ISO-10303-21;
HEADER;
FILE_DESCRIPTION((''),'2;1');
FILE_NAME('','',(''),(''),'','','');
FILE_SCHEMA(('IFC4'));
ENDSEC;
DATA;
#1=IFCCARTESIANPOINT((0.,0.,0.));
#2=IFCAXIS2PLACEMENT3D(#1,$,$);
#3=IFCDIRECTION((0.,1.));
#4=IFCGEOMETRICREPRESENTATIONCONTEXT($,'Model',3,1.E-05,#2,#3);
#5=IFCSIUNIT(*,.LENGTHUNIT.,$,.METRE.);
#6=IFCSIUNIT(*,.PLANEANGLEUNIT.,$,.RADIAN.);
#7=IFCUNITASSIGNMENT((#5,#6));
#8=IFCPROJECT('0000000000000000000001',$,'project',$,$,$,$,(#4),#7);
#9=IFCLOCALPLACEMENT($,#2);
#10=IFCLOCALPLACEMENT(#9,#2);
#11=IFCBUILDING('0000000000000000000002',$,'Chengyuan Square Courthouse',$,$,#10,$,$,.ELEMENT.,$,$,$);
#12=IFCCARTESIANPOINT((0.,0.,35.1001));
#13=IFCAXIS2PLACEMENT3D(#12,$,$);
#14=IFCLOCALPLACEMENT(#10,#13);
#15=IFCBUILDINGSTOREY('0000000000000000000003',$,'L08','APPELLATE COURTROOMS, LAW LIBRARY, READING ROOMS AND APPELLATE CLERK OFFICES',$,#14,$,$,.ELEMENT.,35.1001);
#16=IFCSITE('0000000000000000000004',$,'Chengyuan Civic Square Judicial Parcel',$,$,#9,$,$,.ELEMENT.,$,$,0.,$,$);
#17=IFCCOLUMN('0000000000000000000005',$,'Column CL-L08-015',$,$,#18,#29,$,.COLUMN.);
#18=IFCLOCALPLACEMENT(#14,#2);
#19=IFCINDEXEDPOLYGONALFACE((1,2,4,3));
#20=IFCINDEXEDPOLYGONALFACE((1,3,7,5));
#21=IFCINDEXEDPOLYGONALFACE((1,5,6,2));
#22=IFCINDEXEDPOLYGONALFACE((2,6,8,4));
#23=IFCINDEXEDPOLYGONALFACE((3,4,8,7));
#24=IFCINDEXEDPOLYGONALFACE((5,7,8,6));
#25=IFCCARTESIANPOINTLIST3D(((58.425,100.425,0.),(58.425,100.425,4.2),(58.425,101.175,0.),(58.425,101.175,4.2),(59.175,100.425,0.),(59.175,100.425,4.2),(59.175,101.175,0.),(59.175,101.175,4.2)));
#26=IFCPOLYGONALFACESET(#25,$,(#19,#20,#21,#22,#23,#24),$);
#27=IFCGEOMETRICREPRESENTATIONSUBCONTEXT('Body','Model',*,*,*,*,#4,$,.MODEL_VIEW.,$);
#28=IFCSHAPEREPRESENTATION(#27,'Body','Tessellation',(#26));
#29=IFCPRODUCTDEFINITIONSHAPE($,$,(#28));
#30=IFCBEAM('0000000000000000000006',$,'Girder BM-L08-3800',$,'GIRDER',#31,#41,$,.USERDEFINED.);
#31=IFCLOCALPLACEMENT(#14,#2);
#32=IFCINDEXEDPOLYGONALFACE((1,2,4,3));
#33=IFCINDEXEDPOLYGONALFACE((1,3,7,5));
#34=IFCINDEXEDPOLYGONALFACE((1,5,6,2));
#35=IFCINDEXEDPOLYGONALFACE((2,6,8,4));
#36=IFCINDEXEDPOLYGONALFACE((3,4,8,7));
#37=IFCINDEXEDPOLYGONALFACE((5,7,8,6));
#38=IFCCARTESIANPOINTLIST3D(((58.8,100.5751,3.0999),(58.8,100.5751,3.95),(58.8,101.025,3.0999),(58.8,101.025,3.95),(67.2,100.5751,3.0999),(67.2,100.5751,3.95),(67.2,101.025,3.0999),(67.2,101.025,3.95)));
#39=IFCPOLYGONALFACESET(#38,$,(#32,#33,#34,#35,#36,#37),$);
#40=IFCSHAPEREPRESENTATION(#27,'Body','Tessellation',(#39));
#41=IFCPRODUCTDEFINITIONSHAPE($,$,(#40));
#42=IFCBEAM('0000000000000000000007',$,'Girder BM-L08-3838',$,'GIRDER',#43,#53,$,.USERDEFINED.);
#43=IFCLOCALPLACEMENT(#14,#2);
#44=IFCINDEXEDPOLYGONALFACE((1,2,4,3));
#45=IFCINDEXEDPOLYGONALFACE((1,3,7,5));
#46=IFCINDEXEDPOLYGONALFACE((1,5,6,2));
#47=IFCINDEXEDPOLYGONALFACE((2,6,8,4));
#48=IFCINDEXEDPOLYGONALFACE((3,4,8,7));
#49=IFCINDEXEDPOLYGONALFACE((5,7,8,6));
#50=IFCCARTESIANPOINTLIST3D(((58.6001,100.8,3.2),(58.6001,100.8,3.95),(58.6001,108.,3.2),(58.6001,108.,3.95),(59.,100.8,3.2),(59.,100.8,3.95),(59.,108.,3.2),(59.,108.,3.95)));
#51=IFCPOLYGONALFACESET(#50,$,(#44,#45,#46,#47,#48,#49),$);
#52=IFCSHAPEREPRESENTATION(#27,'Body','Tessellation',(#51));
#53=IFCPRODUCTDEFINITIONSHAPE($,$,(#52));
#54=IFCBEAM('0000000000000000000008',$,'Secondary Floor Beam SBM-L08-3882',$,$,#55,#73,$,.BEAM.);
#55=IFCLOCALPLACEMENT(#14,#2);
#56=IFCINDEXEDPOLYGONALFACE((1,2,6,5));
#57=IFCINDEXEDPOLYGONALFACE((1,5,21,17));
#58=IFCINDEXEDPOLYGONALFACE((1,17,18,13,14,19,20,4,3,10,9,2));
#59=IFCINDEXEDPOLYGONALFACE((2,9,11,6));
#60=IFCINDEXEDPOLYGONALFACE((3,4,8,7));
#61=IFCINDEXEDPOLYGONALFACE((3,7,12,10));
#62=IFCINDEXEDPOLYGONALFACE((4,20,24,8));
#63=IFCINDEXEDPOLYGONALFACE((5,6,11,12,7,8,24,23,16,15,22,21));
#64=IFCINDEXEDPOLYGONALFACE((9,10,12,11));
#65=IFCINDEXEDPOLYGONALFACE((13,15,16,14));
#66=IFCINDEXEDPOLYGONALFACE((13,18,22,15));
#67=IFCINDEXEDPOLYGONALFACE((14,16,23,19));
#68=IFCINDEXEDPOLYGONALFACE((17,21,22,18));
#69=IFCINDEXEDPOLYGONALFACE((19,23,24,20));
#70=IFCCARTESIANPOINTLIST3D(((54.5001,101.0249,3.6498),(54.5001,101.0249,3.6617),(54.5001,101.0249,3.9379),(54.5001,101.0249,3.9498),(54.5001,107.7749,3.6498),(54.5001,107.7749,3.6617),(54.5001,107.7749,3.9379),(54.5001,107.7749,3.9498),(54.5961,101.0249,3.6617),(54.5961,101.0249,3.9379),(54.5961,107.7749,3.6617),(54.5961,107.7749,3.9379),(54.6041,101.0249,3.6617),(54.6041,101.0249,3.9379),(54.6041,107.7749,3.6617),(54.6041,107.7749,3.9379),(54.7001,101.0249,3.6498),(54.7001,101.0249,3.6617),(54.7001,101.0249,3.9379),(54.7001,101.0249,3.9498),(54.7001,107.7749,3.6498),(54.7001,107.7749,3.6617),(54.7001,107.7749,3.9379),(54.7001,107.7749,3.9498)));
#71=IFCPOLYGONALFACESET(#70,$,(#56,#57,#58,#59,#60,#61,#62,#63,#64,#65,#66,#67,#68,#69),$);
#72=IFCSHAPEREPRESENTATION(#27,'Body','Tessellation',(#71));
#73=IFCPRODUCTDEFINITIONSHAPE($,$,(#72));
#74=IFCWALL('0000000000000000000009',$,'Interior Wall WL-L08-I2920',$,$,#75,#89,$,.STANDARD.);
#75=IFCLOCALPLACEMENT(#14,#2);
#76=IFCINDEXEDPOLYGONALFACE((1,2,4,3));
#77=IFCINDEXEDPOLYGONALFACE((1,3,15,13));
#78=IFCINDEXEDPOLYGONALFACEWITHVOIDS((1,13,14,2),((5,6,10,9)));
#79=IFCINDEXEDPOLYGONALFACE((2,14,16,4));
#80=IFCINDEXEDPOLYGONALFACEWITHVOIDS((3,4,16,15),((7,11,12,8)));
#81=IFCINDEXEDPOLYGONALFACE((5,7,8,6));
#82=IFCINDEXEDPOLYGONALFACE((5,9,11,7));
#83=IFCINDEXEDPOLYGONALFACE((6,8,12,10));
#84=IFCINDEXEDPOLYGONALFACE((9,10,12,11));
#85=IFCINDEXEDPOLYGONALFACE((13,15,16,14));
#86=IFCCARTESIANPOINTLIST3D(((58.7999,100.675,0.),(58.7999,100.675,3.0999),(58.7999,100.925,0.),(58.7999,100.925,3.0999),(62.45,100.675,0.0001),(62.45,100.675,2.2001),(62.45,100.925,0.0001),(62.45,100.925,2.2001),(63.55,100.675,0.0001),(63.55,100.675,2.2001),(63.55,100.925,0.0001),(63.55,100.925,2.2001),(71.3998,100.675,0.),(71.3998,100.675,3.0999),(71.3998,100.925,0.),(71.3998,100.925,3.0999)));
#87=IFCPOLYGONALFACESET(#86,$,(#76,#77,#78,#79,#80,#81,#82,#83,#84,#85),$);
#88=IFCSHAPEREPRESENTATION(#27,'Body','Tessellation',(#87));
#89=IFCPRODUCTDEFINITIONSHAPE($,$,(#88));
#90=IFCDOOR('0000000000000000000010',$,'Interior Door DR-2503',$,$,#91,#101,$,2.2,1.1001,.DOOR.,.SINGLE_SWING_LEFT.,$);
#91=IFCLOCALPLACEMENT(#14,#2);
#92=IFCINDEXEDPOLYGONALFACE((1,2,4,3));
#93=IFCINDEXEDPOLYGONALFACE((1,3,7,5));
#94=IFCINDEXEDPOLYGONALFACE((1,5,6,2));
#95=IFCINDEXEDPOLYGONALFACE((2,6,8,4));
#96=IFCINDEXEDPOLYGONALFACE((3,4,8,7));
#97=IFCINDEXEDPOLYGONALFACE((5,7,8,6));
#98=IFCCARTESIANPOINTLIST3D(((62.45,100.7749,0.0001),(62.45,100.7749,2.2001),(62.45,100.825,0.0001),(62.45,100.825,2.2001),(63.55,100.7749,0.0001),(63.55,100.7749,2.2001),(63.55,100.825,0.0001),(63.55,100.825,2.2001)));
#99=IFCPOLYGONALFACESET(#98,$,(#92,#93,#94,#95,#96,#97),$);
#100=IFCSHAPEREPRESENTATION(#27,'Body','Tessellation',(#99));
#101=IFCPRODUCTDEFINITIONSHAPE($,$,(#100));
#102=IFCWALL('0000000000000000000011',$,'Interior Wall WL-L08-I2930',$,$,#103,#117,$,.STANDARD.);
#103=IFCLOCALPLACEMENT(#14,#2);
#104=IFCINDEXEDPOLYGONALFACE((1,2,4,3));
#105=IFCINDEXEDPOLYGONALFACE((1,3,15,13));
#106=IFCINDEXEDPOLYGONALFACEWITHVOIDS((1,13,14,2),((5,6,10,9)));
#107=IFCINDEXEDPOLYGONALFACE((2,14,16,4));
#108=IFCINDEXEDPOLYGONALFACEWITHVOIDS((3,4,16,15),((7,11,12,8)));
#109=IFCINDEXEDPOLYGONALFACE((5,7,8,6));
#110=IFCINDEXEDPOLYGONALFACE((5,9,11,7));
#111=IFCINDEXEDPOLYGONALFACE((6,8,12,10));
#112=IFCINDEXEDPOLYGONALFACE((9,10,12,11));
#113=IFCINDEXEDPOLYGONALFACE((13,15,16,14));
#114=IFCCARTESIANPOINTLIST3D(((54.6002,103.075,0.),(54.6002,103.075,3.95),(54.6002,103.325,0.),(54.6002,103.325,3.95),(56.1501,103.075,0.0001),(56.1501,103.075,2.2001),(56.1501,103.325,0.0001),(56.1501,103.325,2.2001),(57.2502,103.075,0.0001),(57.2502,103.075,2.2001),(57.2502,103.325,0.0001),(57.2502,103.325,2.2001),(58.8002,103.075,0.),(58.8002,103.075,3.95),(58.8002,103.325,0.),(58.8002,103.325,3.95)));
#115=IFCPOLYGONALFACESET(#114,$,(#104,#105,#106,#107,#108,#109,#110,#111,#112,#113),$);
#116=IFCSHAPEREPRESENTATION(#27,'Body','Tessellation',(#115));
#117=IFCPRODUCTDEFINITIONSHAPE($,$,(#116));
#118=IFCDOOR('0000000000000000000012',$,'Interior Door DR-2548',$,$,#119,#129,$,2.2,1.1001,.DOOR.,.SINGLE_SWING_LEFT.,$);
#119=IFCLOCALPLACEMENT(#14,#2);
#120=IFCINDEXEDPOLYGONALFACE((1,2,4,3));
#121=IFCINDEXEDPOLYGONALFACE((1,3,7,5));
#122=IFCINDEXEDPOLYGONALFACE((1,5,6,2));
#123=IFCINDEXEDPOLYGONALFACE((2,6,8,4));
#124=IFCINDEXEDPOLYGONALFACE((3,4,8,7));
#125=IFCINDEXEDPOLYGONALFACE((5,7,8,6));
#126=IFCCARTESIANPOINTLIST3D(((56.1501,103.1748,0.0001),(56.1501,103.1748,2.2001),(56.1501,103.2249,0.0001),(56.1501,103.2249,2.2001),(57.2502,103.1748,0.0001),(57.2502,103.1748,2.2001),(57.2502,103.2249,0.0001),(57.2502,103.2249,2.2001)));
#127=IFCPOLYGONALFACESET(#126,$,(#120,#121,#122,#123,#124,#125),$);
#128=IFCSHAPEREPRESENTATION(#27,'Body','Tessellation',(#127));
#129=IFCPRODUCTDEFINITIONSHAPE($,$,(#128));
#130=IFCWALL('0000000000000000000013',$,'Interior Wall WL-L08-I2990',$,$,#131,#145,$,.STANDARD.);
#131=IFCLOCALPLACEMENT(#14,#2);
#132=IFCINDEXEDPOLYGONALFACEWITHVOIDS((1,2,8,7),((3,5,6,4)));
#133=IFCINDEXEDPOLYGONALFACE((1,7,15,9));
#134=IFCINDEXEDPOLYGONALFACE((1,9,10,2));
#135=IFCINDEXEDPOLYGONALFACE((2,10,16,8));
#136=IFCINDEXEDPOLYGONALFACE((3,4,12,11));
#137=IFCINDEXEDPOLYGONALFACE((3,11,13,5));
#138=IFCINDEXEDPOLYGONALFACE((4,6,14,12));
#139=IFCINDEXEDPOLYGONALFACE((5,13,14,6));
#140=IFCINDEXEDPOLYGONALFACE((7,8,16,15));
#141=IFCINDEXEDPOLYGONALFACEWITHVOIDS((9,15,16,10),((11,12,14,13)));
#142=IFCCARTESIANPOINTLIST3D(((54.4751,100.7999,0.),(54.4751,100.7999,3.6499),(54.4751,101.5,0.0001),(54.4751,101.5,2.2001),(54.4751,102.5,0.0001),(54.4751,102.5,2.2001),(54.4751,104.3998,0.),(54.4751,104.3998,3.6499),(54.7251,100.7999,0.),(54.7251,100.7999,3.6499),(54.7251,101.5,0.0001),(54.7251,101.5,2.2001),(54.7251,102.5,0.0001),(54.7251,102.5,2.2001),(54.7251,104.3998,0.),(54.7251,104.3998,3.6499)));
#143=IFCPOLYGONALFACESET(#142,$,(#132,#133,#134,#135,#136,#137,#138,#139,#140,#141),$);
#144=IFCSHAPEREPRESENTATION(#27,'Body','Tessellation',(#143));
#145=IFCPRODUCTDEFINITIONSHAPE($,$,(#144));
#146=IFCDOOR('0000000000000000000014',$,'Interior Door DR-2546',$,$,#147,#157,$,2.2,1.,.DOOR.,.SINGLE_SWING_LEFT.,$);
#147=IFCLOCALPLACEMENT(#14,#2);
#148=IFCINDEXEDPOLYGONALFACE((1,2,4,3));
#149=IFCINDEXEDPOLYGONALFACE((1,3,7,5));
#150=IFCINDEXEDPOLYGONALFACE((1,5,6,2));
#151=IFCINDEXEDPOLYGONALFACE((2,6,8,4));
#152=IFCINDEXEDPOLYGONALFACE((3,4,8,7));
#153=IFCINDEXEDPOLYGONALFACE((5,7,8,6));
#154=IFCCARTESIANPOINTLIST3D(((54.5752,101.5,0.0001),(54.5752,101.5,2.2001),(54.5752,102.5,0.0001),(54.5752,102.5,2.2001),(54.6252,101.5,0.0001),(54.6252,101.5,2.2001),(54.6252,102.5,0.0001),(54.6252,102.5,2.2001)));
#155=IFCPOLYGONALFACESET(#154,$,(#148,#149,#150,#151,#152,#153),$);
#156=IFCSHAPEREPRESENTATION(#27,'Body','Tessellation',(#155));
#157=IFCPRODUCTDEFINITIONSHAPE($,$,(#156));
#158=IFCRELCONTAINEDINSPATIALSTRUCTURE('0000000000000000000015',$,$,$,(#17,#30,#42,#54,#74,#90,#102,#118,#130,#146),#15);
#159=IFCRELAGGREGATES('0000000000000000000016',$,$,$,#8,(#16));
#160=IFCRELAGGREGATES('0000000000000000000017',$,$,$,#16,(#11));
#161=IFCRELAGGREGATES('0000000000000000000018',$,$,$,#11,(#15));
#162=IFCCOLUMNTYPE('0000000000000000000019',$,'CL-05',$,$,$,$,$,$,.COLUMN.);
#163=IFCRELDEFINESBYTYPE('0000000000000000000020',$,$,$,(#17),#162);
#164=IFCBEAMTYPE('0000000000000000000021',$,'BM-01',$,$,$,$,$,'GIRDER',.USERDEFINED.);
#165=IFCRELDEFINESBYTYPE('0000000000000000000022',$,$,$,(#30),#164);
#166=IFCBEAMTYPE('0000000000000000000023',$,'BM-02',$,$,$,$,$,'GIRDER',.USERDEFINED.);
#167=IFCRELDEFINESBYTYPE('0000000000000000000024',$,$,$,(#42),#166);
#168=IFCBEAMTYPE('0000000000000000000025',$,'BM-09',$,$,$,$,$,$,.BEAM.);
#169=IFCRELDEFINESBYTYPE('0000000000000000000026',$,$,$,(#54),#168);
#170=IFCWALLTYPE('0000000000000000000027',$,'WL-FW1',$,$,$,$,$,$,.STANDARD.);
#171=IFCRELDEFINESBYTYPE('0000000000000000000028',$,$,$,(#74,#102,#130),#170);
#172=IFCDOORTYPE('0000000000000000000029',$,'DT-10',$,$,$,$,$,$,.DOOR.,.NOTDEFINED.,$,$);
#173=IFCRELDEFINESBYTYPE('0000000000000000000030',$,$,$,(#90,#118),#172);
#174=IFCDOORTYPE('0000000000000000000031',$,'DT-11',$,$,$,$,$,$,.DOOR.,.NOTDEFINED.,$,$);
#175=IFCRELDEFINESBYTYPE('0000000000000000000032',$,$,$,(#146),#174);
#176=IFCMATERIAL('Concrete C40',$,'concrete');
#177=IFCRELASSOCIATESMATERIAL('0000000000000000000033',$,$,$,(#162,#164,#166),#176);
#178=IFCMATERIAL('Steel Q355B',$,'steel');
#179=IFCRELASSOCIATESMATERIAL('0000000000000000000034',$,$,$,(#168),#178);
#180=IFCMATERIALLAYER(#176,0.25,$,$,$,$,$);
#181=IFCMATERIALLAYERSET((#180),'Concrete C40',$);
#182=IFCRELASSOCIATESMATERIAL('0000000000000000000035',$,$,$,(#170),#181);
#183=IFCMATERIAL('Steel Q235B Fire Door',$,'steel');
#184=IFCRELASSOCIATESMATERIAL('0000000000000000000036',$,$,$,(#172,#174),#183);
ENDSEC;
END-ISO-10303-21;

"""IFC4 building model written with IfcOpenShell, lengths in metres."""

from ifc_helpers import new_model, si_unit, direction, frame, frame_2d, origin, origin_2d, place, context, subcontext, project, spatial, rectangle, i_section, extrude, material, layer, layer_set, material_profile, profile_set, type_object, element, fill, save


model = new_model("IFC4")

# Units and contexts
model_context = context("Model", 3, precision=1e-05, world=origin(), true_north=direction((0.0, 1.0)))
body_context = subcontext(model_context, "Body", "Model", "MODEL_VIEW")
ifc_project = project(units=[si_unit("LENGTHUNIT", "METRE"), si_unit("PLANEANGLEUNIT", "RADIAN")], contexts=[model_context])

# Site, building, storey
site_placement = place(None, origin())
site = spatial("IfcSite", under=ifc_project, at=site_placement, Name="Chengyuan Civic Square Judicial Parcel", CompositionType="ELEMENT", RefElevation=0.0)
building_placement = place(site_placement, origin())
building = spatial("IfcBuilding", under=site, at=building_placement, Name="Chengyuan Square Courthouse", CompositionType="ELEMENT")
storey_placement = place(building_placement, frame((0.0, 0.0, 35.1001)))
storey = spatial("IfcBuildingStorey", under=building, at=storey_placement, Name="L08", Description="APPELLATE COURTROOMS, LAW LIBRARY, READING ROOMS AND APPELLATE CLERK OFFICES", CompositionType="ELEMENT", Elevation=35.1001)

# Column
ifc_material_1 = material(Name="Concrete C40", Category="concrete")
ifc_material_profile_1 = material_profile(ifc_material_1, rectangle(XDim=0.75, YDim=0.75, at=origin_2d()), Name="RC-COL-750x750")
ifc_profile_set_1 = profile_set([ifc_material_profile_1], Name="Concrete C40")
column_type = type_object("IfcColumnType", Name="CL-05", PredefinedType="COLUMN", material=ifc_profile_set_1)
column_placement = place(storey_placement, frame((58.8, 100.8, 0.0), z_axis=(0.0, 0.0, 1.0), x_axis=(1.0, 0.0, 0.0)))
element("IfcColumn", 1, at=column_placement, inside=storey, type_object=column_type, Name="Column CL-L08-015", PredefinedType="COLUMN", context=body_context, shape_type="SweptSolid", body=[
    extrude(rectangle(XDim=0.75, YDim=0.75, at=origin_2d()), origin(), (0.0, 0.0, 1.0), 4.2),
])

# Beams
ifc_material_profile_2 = material_profile(ifc_material_1, rectangle(XDim=0.45, YDim=0.8501, at=origin_2d()), Name="RC-BM-450x850")
ifc_profile_set_2 = profile_set([ifc_material_profile_2], Name="Concrete C40")
beam_type_1 = type_object("IfcBeamType", Name="BM-01", ElementType="GIRDER", PredefinedType="USERDEFINED", material=ifc_profile_set_2)
beam_1_placement = place(storey_placement, frame((58.8, 100.8, 3.5249), z_axis=(1.0, 0.0, 0.0), x_axis=(0.0, 1.0, 0.0)))
element("IfcBeam", 2, at=beam_1_placement, inside=storey, type_object=beam_type_1, Name="Girder BM-L08-3800", ObjectType="GIRDER", PredefinedType="USERDEFINED", context=body_context, shape_type="SweptSolid", body=[
    extrude(rectangle(XDim=0.45, YDim=0.8501, at=origin_2d()), origin(), (0.0, 0.0, 1.0), 8.3999),
])
ifc_material_profile_3 = material_profile(ifc_material_1, rectangle(XDim=0.3999, YDim=0.75, at=origin_2d()), Name="RC-BM-400x750")
ifc_profile_set_3 = profile_set([ifc_material_profile_3], Name="Concrete C40")
beam_type_2 = type_object("IfcBeamType", Name="BM-02", ElementType="GIRDER", PredefinedType="USERDEFINED", material=ifc_profile_set_3)
beam_2_placement = place(storey_placement, frame((58.8, 100.8, 3.575), z_axis=(0.0, 1.0, 0.0), x_axis=(-1.0, 0.0, 0.0)))
element("IfcBeam", 3, at=beam_2_placement, inside=storey, type_object=beam_type_2, Name="Girder BM-L08-3838", ObjectType="GIRDER", PredefinedType="USERDEFINED", context=body_context, shape_type="SweptSolid", body=[
    extrude(rectangle(XDim=0.3999, YDim=0.75, at=origin_2d()), origin(), (0.0, 0.0, 1.0), 7.2),
])
ifc_material_2 = material(Name="Steel Q355B", Category="steel")
ifc_material_profile_4 = material_profile(ifc_material_2, i_section(OverallWidth=0.2, OverallDepth=0.3, WebThickness=0.0081, FlangeThickness=0.012, at=origin_2d()), Name="HM 300x200x8x12")
ifc_profile_set_4 = profile_set([ifc_material_profile_4], Name="Steel Q355B")
beam_type_3 = type_object("IfcBeamType", Name="BM-09", PredefinedType="BEAM", material=ifc_profile_set_4)
beam_3_placement = place(storey_placement, frame((54.6001, 101.0249, 3.7998), z_axis=(0.0, 1.0, 0.0), x_axis=(-1.0, 0.0, 0.0)))
element("IfcBeam", 4, at=beam_3_placement, inside=storey, type_object=beam_type_3, Name="Secondary Floor Beam SBM-L08-3882", PredefinedType="BEAM", context=body_context, shape_type="SweptSolid", body=[
    extrude(i_section(OverallWidth=0.2, OverallDepth=0.3, WebThickness=0.0081, FlangeThickness=0.012, at=origin_2d()), origin(), (0.0, 0.0, 1.0), 6.75),
])

# Walls, openings, doors
ifc_layer_1 = layer(ifc_material_1, 0.25)
ifc_layer_set_1 = layer_set([ifc_layer_1], Name="Concrete C40")
wall_type_1 = type_object("IfcWallType", Name="WL-FW1", PredefinedType="STANDARD", material=ifc_layer_set_1)
wall_1_placement = place(storey_placement, frame((58.8, 100.8, 0.0), z_axis=(0.0, 0.0, 1.0), x_axis=(1.0, 0.0, 0.0)))
wall_1 = element("IfcWall", 5, at=wall_1_placement, inside=storey, type_object=wall_type_1, Name="Interior Wall WL-L08-I2920", PredefinedType="STANDARD", context=body_context, shape_type="SweptSolid", body=[
    extrude(rectangle(XDim=12.5999, YDim=0.25, at=frame_2d((6.2998, 0.0))), origin(), (0.0, 0.0, 1.0), 3.0999),
])
opening_1_placement = place(wall_1_placement, frame((3.6499, 0.0, 0.0)))
opening_1 = element("IfcOpeningElement", 6, at=opening_1_placement, cuts=wall_1, PredefinedType="OPENING", context=body_context, shape_type="SweptSolid", body=[
    extrude(rectangle(XDim=1.1001, YDim=2.2, at=frame_2d((0.55, 1.1001))), frame((0.0, 0.137, 0.0), z_axis=(0.0, -1.0, 0.0), x_axis=(1.0, 0.0, 0.0)), (0.0, 0.0, 1.0), 0.2739),
])
ifc_material_3 = material(Name="Steel Q235B Fire Door", Category="steel")
door_type_1 = type_object("IfcDoorType", Name="DT-10", OperationType="NOTDEFINED", PredefinedType="DOOR", material=ifc_material_3)
door_1_placement = place(opening_1_placement, origin())
door_1 = element("IfcDoor", 7, at=door_1_placement, inside=storey, type_object=door_type_1, Name="Interior Door DR-2503", OperationType="SINGLE_SWING_LEFT", OverallHeight=2.2, OverallWidth=1.1001, PredefinedType="DOOR", context=body_context, shape_type="SweptSolid", body=[
    extrude(rectangle(XDim=1.1001, YDim=2.2, at=frame_2d((0.55, 1.1001))), frame((0.0, 0.0249, 0.0), z_axis=(0.0, -1.0, 0.0), x_axis=(1.0, 0.0, 0.0)), (0.0, 0.0, 1.0), 0.05),
])
fill(opening_1, door_1)
wall_2_placement = place(storey_placement, frame((54.6001, 103.2, 0.0), z_axis=(0.0, 0.0, 1.0), x_axis=(1.0, 0.0, 0.0)))
wall_2 = element("IfcWall", 8, at=wall_2_placement, inside=storey, type_object=wall_type_1, Name="Interior Wall WL-L08-I2930", PredefinedType="STANDARD", context=body_context, shape_type="SweptSolid", body=[
    extrude(rectangle(XDim=4.2, YDim=0.25, at=frame_2d((2.1001, 0.0))), origin(), (0.0, 0.0, 1.0), 3.95),
])
opening_2_placement = place(wall_2_placement, frame((1.55, 0.0, 0.0)))
opening_2 = element("IfcOpeningElement", 9, at=opening_2_placement, cuts=wall_2, PredefinedType="OPENING", context=body_context, shape_type="SweptSolid", body=[
    extrude(rectangle(XDim=1.1001, YDim=2.2, at=frame_2d((0.55, 1.1001))), frame((0.0, 0.137, 0.0), z_axis=(0.0, -1.0, 0.0), x_axis=(1.0, 0.0, 0.0)), (0.0, 0.0, 1.0), 0.2739),
])
door_2_placement = place(opening_2_placement, origin())
door_2 = element("IfcDoor", 10, at=door_2_placement, inside=storey, type_object=door_type_1, Name="Interior Door DR-2548", OperationType="SINGLE_SWING_LEFT", OverallHeight=2.2, OverallWidth=1.1001, PredefinedType="DOOR", context=body_context, shape_type="SweptSolid", body=[
    extrude(rectangle(XDim=1.1001, YDim=2.2, at=frame_2d((0.55, 1.1001))), frame((0.0, 0.0249, 0.0), z_axis=(0.0, -1.0, 0.0), x_axis=(1.0, 0.0, 0.0)), (0.0, 0.0, 1.0), 0.05),
])
fill(opening_2, door_2)
wall_3_placement = place(storey_placement, frame((54.6001, 100.8, 0.0), z_axis=(0.0, 0.0, 1.0), x_axis=(0.0, 1.0, 0.0)))
wall_3 = element("IfcWall", 11, at=wall_3_placement, inside=storey, type_object=wall_type_1, Name="Interior Wall WL-L08-I2990", PredefinedType="STANDARD", context=body_context, shape_type="SweptSolid", body=[
    extrude(rectangle(XDim=3.5999, YDim=0.25, at=frame_2d((1.7998, 0.0))), origin(), (0.0, 0.0, 1.0), 3.6499),
])
opening_3_placement = place(wall_3_placement, frame((0.7, 0.0, 0.0)))
opening_3 = element("IfcOpeningElement", 12, at=opening_3_placement, cuts=wall_3, PredefinedType="OPENING", context=body_context, shape_type="SweptSolid", body=[
    extrude(rectangle(XDim=1.0, YDim=2.2, at=frame_2d((0.5, 1.1001))), frame((0.0, 0.137, 0.0), z_axis=(0.0, -1.0, 0.0), x_axis=(1.0, 0.0, 0.0)), (0.0, 0.0, 1.0), 0.2739),
])
door_type_2 = type_object("IfcDoorType", Name="DT-11", OperationType="NOTDEFINED", PredefinedType="DOOR", material=ifc_material_3)
door_3_placement = place(opening_3_placement, origin())
door_3 = element("IfcDoor", 13, at=door_3_placement, inside=storey, type_object=door_type_2, Name="Interior Door DR-2546", OperationType="SINGLE_SWING_LEFT", OverallHeight=2.2, OverallWidth=1.0, PredefinedType="DOOR", context=body_context, shape_type="SweptSolid", body=[
    extrude(rectangle(XDim=1.0, YDim=2.2, at=frame_2d((0.5, 1.1001))), frame((0.0, 0.0249, 0.0), z_axis=(0.0, -1.0, 0.0), x_axis=(1.0, 0.0, 0.0)), (0.0, 0.0, 1.0), 0.05),
])
fill(opening_3, door_3)

save(model, "model.ifc")
